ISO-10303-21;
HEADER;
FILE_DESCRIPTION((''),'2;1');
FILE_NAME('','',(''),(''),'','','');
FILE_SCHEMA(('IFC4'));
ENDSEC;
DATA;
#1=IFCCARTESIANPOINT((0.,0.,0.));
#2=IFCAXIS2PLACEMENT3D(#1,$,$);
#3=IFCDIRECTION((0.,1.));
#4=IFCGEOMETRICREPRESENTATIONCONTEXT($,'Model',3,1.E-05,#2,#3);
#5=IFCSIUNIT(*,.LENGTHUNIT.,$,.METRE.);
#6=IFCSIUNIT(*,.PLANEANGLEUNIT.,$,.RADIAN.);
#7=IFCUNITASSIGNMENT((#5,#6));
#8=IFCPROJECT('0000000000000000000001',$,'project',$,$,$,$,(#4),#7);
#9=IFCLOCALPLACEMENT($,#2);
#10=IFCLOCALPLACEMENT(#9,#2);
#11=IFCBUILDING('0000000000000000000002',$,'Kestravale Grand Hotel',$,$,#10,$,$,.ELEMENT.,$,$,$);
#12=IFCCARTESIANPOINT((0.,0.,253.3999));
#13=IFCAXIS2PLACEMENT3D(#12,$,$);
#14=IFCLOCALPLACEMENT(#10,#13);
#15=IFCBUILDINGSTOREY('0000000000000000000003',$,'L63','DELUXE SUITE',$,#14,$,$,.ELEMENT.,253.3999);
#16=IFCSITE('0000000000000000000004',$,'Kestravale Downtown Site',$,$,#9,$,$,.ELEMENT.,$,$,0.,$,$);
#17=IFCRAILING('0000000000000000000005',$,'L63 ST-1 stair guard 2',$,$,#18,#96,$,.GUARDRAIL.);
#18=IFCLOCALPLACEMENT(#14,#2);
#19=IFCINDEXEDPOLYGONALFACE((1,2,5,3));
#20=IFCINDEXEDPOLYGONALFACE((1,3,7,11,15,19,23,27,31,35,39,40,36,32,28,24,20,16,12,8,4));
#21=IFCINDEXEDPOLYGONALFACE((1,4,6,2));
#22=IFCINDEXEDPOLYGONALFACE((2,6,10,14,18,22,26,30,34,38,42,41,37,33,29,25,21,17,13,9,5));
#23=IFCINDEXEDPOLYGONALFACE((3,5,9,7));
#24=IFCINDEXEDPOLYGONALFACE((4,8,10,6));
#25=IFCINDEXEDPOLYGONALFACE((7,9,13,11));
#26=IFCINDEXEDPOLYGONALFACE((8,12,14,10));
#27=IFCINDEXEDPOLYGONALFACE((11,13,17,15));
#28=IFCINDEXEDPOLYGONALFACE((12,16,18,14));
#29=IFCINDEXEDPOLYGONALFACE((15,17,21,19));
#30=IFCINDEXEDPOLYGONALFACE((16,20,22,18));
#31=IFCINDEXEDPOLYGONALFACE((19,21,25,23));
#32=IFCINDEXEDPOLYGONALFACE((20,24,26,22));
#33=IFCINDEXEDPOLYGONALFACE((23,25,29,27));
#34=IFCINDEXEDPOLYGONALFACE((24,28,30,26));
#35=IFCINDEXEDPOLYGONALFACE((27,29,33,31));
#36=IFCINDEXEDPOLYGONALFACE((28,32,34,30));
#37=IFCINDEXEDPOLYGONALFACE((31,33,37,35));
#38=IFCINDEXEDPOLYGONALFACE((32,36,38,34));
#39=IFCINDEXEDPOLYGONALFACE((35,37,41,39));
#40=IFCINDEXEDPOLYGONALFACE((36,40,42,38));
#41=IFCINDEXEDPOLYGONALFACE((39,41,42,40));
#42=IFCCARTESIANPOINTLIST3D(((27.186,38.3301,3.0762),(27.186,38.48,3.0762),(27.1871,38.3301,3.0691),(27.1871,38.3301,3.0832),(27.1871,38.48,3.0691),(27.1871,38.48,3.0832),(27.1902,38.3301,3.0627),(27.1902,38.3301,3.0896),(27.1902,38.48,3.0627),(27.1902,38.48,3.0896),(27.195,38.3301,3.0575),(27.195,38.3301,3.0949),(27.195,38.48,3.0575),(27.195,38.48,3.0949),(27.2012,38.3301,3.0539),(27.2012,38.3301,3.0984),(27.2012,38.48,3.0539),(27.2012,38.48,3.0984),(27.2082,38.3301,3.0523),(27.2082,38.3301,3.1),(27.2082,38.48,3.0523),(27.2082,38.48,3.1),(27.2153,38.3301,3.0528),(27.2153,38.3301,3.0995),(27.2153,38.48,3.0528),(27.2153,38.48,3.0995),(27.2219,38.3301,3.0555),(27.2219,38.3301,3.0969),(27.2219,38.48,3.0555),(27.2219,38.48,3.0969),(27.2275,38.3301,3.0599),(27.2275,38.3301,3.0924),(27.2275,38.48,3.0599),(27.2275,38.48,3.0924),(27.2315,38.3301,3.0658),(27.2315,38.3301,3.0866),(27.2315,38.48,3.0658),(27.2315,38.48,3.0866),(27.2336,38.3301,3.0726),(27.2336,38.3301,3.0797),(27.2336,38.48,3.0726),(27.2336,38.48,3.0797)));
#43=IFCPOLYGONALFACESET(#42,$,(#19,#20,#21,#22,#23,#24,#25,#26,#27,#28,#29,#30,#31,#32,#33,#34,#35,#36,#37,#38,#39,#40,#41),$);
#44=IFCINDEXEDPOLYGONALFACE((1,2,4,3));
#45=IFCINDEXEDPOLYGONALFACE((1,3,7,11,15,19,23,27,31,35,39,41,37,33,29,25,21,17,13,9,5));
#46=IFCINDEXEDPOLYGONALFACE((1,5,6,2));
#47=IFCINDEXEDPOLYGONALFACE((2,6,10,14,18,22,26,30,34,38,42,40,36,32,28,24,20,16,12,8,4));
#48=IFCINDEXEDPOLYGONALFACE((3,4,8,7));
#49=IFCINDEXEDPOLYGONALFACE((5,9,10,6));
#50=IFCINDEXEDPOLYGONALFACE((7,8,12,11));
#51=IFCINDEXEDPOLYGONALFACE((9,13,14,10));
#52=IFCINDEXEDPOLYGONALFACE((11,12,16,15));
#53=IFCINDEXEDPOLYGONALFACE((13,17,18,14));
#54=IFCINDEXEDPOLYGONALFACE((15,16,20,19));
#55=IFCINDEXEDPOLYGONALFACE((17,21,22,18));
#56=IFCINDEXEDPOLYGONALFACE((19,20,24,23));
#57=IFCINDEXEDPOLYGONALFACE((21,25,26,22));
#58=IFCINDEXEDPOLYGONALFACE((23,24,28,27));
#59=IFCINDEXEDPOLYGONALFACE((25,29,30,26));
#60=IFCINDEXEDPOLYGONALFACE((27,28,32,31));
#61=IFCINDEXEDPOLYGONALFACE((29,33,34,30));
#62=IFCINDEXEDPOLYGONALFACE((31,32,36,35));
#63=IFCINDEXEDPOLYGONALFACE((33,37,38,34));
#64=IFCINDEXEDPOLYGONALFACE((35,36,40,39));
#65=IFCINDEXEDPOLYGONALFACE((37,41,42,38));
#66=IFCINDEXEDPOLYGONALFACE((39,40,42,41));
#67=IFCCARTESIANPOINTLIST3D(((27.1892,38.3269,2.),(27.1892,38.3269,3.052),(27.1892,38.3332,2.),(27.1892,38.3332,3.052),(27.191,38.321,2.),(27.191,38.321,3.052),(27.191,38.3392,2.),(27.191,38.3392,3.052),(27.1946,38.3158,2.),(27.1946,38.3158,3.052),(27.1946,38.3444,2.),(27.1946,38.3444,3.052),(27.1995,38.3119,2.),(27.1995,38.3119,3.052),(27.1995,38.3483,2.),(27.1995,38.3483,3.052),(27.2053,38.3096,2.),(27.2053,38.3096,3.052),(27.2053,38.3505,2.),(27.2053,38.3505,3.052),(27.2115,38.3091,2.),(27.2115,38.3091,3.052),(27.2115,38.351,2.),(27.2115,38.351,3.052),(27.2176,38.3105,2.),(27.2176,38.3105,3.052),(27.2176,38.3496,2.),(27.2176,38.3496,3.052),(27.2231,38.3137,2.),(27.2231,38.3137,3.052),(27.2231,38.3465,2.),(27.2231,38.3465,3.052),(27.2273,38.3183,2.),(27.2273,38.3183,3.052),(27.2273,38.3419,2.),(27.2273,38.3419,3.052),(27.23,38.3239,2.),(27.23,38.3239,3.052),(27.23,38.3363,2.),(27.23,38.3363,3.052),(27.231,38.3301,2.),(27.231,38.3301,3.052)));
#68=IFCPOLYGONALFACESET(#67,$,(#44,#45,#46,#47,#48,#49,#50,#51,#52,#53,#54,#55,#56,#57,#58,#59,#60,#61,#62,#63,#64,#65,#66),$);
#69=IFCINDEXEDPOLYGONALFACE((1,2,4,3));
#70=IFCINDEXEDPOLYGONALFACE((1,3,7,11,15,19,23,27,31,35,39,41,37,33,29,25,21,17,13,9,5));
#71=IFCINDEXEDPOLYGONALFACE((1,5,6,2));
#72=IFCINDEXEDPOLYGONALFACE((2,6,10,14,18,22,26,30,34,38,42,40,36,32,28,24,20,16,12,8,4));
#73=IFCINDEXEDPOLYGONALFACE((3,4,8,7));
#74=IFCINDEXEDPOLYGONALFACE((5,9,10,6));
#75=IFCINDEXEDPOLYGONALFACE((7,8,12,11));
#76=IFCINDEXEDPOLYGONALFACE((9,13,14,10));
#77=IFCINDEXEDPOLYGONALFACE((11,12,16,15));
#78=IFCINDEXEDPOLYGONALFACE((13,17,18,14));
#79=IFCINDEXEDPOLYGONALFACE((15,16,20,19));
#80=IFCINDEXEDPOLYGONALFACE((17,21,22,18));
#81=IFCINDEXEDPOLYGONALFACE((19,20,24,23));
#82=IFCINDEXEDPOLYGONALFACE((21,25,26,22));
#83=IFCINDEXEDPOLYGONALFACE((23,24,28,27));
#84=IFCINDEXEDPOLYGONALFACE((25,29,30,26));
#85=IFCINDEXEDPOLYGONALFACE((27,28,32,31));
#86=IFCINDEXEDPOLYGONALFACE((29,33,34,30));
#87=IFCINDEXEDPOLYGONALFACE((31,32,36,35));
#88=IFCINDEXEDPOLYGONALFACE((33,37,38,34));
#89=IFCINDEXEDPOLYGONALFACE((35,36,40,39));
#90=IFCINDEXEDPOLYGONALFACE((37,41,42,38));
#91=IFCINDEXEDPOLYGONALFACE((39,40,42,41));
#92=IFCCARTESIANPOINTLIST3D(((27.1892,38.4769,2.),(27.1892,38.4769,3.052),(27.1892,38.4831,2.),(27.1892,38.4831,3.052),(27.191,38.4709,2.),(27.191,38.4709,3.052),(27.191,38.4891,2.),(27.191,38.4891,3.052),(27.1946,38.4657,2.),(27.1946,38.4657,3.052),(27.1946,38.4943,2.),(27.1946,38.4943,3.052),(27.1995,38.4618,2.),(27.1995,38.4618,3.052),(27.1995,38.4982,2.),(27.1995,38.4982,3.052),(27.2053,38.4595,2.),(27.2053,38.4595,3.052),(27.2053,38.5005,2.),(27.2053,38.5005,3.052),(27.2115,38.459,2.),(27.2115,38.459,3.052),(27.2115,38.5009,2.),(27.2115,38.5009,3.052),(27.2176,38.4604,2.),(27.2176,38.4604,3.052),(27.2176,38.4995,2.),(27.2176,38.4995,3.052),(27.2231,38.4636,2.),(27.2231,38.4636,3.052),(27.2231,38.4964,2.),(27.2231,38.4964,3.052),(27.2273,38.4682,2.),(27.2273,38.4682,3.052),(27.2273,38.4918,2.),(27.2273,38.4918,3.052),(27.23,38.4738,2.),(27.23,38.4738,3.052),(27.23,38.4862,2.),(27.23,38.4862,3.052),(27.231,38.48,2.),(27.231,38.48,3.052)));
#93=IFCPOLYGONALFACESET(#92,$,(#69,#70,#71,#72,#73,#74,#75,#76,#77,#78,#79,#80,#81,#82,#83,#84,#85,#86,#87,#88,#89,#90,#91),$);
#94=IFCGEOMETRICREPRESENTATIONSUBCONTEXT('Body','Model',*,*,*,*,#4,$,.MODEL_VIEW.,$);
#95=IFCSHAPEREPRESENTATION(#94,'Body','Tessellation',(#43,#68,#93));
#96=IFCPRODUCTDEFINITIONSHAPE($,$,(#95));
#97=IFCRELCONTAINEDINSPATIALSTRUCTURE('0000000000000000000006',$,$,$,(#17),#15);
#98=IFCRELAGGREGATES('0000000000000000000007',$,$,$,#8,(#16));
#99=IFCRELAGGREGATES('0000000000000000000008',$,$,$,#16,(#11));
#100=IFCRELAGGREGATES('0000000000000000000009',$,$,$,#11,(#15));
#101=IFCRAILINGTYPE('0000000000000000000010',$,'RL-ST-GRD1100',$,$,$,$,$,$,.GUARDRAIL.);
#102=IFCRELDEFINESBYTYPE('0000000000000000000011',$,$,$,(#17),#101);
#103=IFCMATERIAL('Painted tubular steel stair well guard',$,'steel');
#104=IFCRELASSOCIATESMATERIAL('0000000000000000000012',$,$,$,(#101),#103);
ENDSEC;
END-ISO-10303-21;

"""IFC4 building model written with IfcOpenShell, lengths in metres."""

from ifc_helpers import new_model, si_unit, direction, frame, origin, origin_2d, place, context, subcontext, project, spatial, circle, extrude, material, type_object, element, save


model = new_model("IFC4")

# Units and contexts
model_context = context("Model", 3, precision=1e-05, world=origin(), true_north=direction((0.0, 1.0)))
body_context = subcontext(model_context, "Body", "Model", "MODEL_VIEW")
ifc_project = project(units=[si_unit("LENGTHUNIT", "METRE"), si_unit("PLANEANGLEUNIT", "RADIAN")], contexts=[model_context])

# Site, building, storey
site_placement = place(None, origin())
site = spatial("IfcSite", under=ifc_project, at=site_placement, Name="Kestravale Downtown Site", CompositionType="ELEMENT", RefElevation=0.0)
building_placement = place(site_placement, origin())
building = spatial("IfcBuilding", under=site, at=building_placement, Name="Kestravale Grand Hotel", CompositionType="ELEMENT")
storey_placement = place(building_placement, frame((0.0, 0.0, 253.3999)))
storey = spatial("IfcBuildingStorey", under=building, at=storey_placement, Name="L63", Description="DELUXE SUITE", CompositionType="ELEMENT", Elevation=253.3999)

# Railing
ifc_material_1 = material(Name="Painted tubular steel stair well guard", Category="steel")
railing_type_1 = type_object("IfcRailingType", Name="RL-ST-GRD1100", PredefinedType="GUARDRAIL", material=ifc_material_1)
railing_1_placement = place(storey_placement, frame((27.21, 38.3301, 2.0)))
element("IfcRailing", 1, at=railing_1_placement, inside=storey, type_object=railing_type_1, Name="L63 ST-1 stair guard 2", PredefinedType="GUARDRAIL", context=body_context, shape_type="SweptSolid", body=[
    extrude(circle(Radius=0.0239, at=origin_2d()), frame((0.0, 0.0, 1.0762), z_axis=(0.0, 1.0, 0.0), x_axis=(-1.0, 0.0, 0.0)), (0.0, 0.0, 1.0), 0.1499),
    extrude(circle(Radius=0.021, at=origin_2d()), origin(), (0.0, 0.0, 1.0), 1.052),
    extrude(circle(Radius=0.021, at=origin_2d()), frame((0.0, 0.1499, 0.0)), (0.0, 0.0, 1.0), 1.052),
])

save(model, "model.ifc")
